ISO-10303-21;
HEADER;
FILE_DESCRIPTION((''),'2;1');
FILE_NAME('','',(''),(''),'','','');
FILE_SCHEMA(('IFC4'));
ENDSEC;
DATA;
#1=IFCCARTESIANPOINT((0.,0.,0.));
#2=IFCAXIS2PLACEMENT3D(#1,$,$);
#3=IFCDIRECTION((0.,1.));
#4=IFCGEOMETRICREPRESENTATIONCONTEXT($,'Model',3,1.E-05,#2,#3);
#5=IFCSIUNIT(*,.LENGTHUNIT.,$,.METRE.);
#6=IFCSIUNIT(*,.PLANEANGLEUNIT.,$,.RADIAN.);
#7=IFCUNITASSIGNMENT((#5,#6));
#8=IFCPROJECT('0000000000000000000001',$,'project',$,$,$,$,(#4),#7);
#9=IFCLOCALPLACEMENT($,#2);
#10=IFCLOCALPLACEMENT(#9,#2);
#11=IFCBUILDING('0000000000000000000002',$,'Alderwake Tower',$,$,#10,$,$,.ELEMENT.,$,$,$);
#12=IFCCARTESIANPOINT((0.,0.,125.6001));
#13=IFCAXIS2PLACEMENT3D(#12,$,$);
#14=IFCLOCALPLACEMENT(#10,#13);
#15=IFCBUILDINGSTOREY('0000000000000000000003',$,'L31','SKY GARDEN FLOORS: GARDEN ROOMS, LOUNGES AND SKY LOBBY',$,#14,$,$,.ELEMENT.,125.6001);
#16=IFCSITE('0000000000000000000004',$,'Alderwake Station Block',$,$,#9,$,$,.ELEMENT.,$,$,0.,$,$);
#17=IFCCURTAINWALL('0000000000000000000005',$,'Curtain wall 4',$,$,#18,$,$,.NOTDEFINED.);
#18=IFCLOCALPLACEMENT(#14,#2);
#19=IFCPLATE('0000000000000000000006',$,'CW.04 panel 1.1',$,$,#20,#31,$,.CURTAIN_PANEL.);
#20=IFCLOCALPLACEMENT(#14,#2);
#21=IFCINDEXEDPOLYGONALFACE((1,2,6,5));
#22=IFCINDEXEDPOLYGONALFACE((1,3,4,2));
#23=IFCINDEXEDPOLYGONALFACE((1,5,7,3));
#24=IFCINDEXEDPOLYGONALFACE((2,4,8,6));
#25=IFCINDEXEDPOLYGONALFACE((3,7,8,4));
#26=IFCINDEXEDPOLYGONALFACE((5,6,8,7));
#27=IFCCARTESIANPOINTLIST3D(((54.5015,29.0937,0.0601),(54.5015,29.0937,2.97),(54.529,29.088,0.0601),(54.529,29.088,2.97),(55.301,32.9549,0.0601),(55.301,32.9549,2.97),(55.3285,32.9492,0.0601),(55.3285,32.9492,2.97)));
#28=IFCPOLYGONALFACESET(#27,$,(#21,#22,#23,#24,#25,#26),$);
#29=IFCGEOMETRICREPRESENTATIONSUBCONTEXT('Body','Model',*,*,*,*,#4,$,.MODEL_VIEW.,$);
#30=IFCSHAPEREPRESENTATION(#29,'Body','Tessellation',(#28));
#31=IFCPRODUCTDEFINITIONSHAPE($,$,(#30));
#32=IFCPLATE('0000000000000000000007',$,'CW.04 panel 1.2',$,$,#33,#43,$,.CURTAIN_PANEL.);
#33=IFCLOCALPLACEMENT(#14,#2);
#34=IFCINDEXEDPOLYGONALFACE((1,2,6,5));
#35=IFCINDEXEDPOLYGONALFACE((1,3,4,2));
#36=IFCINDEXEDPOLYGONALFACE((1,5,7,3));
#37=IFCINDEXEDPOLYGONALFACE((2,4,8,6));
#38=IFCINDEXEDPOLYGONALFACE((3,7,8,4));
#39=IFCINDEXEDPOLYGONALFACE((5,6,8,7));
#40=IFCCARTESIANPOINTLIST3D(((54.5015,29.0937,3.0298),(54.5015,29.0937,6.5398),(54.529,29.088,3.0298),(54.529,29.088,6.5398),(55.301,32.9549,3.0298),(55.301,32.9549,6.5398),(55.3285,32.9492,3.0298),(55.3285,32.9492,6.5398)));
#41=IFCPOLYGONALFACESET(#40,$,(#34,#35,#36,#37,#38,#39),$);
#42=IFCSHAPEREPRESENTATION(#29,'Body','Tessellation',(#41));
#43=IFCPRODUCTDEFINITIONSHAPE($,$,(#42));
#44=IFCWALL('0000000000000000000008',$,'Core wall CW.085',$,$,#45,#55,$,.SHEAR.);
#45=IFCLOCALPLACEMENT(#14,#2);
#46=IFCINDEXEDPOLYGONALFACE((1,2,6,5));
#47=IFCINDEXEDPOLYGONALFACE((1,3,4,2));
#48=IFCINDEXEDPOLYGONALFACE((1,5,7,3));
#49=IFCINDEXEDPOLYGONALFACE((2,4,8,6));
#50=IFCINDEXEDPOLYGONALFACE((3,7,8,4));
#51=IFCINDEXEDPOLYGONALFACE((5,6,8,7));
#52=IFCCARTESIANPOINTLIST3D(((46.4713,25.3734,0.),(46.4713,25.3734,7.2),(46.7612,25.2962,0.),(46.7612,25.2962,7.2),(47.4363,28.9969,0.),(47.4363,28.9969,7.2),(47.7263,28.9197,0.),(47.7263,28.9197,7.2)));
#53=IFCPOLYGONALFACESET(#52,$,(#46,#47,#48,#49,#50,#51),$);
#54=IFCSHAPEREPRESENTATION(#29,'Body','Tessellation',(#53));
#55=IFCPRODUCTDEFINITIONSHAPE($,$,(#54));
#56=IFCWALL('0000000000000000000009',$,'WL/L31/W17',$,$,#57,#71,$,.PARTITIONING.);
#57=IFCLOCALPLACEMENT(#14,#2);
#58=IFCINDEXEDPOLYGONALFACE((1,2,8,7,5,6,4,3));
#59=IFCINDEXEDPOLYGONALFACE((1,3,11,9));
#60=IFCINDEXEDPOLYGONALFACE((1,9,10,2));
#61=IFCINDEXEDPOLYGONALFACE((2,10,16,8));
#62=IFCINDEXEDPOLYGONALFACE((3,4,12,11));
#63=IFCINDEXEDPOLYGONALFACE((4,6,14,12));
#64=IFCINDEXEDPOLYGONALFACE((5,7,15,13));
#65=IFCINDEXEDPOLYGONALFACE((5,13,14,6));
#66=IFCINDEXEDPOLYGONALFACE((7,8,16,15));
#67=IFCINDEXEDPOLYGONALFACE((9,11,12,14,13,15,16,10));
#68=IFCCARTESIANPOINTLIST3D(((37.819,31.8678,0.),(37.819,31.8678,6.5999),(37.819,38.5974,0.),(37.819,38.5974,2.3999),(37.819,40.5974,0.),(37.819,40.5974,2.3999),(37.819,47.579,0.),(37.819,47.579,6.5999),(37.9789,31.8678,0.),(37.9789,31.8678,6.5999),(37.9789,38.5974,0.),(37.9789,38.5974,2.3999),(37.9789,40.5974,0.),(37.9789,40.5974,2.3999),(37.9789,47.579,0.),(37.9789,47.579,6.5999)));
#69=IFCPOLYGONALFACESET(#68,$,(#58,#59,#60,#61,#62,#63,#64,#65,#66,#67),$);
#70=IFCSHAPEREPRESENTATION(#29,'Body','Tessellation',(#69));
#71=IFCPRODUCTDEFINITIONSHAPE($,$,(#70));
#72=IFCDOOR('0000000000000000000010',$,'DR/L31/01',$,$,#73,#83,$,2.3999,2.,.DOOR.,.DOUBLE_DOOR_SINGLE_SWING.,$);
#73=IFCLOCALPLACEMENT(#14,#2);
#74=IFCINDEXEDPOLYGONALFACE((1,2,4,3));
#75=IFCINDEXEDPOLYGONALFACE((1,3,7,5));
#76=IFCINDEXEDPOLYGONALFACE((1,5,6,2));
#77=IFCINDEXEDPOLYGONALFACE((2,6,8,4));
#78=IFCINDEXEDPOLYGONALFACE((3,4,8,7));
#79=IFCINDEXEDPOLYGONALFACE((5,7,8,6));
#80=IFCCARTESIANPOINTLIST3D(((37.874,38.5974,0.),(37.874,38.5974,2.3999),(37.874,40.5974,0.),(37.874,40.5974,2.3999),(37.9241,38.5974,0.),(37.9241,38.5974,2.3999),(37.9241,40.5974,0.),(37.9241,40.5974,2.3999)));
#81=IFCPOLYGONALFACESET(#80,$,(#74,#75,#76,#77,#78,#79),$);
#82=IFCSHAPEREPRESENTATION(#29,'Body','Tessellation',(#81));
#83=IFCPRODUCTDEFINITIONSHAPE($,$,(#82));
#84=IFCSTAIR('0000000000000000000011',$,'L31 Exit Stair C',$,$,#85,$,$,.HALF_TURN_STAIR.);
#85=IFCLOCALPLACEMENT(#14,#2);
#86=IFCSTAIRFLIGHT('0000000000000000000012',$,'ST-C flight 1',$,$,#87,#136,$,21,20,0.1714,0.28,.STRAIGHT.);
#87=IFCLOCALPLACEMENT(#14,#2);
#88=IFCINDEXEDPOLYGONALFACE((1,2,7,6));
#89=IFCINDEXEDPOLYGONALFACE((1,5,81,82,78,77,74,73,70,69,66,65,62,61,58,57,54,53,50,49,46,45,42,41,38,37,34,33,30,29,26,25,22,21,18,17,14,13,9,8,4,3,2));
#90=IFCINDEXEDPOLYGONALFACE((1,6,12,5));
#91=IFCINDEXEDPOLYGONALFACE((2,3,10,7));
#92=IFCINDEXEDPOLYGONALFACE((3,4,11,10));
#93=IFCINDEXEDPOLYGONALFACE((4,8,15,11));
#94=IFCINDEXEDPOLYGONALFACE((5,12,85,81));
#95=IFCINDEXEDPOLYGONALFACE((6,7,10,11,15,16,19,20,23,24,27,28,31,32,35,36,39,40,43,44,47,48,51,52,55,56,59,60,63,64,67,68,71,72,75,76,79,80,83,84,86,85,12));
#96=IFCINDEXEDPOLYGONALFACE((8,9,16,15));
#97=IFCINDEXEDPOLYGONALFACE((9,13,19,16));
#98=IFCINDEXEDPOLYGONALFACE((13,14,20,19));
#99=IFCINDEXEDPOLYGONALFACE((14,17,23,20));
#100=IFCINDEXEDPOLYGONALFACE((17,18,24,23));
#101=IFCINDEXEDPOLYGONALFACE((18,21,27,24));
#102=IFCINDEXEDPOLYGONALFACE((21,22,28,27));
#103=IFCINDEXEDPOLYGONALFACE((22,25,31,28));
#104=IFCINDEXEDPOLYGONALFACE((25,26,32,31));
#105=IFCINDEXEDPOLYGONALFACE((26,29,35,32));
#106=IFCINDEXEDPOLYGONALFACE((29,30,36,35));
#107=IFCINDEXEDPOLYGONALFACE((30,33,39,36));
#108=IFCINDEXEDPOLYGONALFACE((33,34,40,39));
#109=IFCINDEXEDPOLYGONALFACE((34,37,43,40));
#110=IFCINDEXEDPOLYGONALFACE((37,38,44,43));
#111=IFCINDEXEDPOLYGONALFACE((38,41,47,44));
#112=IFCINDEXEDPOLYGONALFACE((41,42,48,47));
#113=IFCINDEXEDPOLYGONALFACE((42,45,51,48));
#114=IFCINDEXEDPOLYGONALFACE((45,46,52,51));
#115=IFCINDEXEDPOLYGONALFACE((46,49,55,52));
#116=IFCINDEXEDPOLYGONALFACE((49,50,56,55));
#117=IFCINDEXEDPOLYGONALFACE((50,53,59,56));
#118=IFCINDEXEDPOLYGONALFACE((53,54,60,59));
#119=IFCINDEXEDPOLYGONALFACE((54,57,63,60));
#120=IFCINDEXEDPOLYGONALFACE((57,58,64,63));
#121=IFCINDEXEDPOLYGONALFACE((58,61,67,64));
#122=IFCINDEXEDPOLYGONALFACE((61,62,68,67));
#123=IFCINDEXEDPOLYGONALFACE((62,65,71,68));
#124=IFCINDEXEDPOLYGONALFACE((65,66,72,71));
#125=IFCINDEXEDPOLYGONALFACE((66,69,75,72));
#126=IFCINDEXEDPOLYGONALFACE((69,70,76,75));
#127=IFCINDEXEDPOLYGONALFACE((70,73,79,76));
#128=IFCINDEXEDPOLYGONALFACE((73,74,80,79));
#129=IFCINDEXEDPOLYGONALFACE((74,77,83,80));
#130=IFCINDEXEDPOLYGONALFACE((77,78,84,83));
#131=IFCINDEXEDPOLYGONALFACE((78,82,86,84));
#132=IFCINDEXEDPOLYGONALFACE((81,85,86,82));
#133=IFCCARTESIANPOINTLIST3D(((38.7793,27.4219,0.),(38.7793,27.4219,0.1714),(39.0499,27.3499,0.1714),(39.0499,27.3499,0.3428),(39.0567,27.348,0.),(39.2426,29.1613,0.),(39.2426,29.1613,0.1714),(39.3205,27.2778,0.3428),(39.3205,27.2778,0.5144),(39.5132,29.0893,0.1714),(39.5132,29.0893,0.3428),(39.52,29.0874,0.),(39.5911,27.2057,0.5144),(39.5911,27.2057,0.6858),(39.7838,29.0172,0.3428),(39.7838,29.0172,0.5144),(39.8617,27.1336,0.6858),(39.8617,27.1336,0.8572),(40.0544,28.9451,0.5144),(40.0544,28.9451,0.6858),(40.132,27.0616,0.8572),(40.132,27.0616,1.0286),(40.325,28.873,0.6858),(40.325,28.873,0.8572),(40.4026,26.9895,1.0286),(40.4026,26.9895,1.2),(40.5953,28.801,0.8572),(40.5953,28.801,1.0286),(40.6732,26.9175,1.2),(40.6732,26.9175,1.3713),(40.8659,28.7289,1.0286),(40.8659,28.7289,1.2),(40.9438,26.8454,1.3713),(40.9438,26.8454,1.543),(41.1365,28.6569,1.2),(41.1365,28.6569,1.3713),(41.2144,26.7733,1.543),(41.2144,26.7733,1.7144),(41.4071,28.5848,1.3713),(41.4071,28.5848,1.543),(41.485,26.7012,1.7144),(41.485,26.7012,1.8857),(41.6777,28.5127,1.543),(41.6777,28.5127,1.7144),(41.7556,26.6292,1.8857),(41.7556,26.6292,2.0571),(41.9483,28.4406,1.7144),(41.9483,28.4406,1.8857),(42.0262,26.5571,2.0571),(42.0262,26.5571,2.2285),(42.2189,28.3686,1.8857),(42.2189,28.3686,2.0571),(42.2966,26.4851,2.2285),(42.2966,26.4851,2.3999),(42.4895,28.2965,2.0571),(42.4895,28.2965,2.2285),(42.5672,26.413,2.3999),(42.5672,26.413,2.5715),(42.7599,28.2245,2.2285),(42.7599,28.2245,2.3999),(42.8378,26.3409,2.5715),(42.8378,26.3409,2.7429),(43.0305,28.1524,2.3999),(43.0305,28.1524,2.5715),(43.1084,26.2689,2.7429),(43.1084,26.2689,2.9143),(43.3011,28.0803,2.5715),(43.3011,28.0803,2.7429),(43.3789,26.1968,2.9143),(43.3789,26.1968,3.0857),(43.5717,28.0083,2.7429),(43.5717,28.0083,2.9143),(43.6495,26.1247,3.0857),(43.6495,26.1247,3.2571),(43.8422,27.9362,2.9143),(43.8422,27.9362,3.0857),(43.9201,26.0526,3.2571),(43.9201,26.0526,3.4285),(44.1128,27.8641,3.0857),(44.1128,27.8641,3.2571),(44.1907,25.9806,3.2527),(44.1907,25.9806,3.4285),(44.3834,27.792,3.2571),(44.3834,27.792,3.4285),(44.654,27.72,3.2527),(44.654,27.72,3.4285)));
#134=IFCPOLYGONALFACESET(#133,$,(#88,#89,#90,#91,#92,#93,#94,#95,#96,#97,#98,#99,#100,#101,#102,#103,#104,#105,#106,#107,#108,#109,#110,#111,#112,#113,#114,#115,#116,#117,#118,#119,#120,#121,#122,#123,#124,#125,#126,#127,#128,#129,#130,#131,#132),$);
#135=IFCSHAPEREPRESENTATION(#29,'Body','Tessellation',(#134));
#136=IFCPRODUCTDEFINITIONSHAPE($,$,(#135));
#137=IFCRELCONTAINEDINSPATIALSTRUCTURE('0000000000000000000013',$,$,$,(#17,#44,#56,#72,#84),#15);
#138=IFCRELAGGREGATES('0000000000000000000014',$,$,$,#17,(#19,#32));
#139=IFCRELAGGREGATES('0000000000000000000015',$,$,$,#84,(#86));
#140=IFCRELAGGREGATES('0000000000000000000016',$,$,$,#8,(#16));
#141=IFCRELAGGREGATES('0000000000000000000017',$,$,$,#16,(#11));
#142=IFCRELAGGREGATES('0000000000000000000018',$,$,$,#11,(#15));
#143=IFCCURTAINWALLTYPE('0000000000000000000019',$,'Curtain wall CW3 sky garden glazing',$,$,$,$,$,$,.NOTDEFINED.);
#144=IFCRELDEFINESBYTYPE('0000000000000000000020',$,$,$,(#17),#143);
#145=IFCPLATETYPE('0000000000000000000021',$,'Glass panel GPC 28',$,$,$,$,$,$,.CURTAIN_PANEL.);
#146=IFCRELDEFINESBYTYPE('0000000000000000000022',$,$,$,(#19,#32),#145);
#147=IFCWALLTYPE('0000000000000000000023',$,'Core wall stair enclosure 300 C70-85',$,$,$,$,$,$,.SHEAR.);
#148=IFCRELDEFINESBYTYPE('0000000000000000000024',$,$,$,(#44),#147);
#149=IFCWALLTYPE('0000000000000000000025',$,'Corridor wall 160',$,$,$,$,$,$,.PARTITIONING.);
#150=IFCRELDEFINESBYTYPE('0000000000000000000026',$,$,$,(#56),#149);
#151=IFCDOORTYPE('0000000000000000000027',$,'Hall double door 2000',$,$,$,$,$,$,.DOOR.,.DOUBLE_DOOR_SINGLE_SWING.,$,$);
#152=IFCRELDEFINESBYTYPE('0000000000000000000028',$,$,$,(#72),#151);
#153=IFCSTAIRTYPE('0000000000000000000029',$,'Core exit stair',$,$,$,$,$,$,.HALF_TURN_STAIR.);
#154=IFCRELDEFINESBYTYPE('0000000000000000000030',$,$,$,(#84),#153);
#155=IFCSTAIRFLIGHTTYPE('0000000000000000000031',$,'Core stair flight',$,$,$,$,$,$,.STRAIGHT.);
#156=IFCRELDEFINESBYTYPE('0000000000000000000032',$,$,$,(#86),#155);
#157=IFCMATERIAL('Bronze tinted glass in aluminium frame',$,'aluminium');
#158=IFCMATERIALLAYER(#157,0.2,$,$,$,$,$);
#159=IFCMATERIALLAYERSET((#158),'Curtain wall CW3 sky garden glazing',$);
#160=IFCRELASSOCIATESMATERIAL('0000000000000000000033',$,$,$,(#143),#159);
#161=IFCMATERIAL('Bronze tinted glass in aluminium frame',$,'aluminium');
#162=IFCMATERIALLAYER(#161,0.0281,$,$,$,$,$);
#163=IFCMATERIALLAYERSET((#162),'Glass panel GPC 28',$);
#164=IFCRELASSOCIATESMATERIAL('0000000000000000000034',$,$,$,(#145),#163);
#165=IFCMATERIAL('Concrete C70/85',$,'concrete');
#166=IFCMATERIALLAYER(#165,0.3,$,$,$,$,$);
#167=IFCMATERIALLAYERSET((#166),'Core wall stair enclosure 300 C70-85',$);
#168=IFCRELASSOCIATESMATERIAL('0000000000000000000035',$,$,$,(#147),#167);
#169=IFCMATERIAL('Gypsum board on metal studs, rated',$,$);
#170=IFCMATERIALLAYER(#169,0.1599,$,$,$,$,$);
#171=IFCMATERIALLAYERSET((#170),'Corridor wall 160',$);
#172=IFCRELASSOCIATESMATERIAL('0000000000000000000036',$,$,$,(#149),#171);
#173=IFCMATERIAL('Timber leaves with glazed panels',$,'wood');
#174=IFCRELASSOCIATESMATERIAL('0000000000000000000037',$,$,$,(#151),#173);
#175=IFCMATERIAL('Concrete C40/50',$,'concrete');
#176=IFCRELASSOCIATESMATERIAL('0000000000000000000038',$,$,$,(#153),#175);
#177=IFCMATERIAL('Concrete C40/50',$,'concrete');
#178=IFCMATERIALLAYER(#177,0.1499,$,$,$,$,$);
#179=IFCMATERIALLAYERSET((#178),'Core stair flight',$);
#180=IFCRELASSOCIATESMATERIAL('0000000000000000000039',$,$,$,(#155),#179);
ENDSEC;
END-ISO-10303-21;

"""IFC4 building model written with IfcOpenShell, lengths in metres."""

from ifc_helpers import new_model, si_unit, direction, frame, frame_2d, origin, origin_2d, place, context, subcontext, project, spatial, polyline, rectangle, outline, extrude, material, layer, layer_set, type_object, element, fill, aggregate, save


model = new_model("IFC4")

# Units and contexts
model_context = context("Model", 3, precision=1e-05, world=origin(), true_north=direction((0.0, 1.0)))
body_context = subcontext(model_context, "Body", "Model", "MODEL_VIEW")
ifc_project = project(units=[si_unit("LENGTHUNIT", "METRE"), si_unit("PLANEANGLEUNIT", "RADIAN")], contexts=[model_context])

# Site, building, storey
site_placement = place(None, origin())
site = spatial("IfcSite", under=ifc_project, at=site_placement, Name="Alderwake Station Block", CompositionType="ELEMENT", RefElevation=0.0)
building_placement = place(site_placement, origin())
building = spatial("IfcBuilding", under=site, at=building_placement, Name="Alderwake Tower", CompositionType="ELEMENT")
storey_placement = place(building_placement, frame((0.0, 0.0, 125.6001)))
storey = spatial("IfcBuildingStorey", under=building, at=storey_placement, Name="L31", Description="SKY GARDEN FLOORS: GARDEN ROOMS, LOUNGES AND SKY LOBBY", CompositionType="ELEMENT", Elevation=125.6001)

# Shared definitions
ifc_material_1 = material(Name="Bronze tinted glass in aluminium frame", Category="aluminium")
ifc_layer_1 = layer(ifc_material_1, 0.2)
ifc_layer_set_1 = layer_set([ifc_layer_1], Name="Curtain wall CW3 sky garden glazing")
curtain_wall_type = type_object("IfcCurtainWallType", Name="Curtain wall CW3 sky garden glazing", PredefinedType="NOTDEFINED", material=ifc_layer_set_1)

# Curtain wall
curtain_wall_1_placement = place(storey_placement, origin())
curtain_wall_1 = element("IfcCurtainWall", 1, at=curtain_wall_1_placement, inside=storey, type_object=curtain_wall_type, Name="Curtain wall 4", PredefinedType="NOTDEFINED")

# Plates
ifc_material_2 = material(Name="Bronze tinted glass in aluminium frame", Category="aluminium")
ifc_layer_2 = layer(ifc_material_2, 0.0281)
ifc_layer_set_2 = layer_set([ifc_layer_2], Name="Glass panel GPC 28")
plate_type = type_object("IfcPlateType", Name="Glass panel GPC 28", PredefinedType="CURTAIN_PANEL", material=ifc_layer_set_2)
plate_1_placement = place(storey_placement, frame((54.915, 31.0215, 0.0601), z_axis=(0.0, 0.0, 1.0), x_axis=(0.202756, 0.979229, 0.0)))
plate_1 = element("IfcPlate", 2, at=plate_1_placement, type_object=plate_type, Name="CW.04 panel 1.1", PredefinedType="CURTAIN_PANEL", context=body_context, shape_type="SweptSolid", body=[
    extrude(rectangle(XDim=3.9431, YDim=0.0281, at=origin_2d()), origin(), (0.0, 0.0, 1.0), 2.9099),
])
plate_2_placement = place(storey_placement, frame((54.915, 31.0215, 3.0298), z_axis=(0.0, 0.0, 1.0), x_axis=(0.202756, 0.979229, 0.0)))
plate_2 = element("IfcPlate", 3, at=plate_2_placement, type_object=plate_type, Name="CW.04 panel 1.2", PredefinedType="CURTAIN_PANEL", context=body_context, shape_type="SweptSolid", body=[
    extrude(rectangle(XDim=3.9431, YDim=0.0281, at=origin_2d()), origin(), (0.0, 0.0, 1.0), 3.51),
])
aggregate(curtain_wall_1, [plate_1, plate_2])

# Wall
ifc_material_3 = material(Name="Concrete C70/85", Category="concrete")
ifc_layer_3 = layer(ifc_material_3, 0.3)
ifc_layer_set_3 = layer_set([ifc_layer_3], Name="Core wall stair enclosure 300 C70-85")
wall_type_1 = type_object("IfcWallType", Name="Core wall stair enclosure 300 C70-85", PredefinedType="SHEAR", material=ifc_layer_set_3)
wall_1_placement = place(storey_placement, frame((46.6162, 25.3347, 0.0), z_axis=(0.0, 0.0, 1.0), x_axis=(0.257367, 0.966314, 0.0)))
element("IfcWall", 4, at=wall_1_placement, inside=storey, type_object=wall_type_1, Name="Core wall CW.085", PredefinedType="SHEAR", context=body_context, shape_type="SweptSolid", body=[
    extrude(rectangle(XDim=3.7498, YDim=0.3, at=frame_2d((1.875, 0.0))), origin(), (0.0, 0.0, 1.0), 7.2),
])

# Wall, opening, door
ifc_material_4 = material(Name="Gypsum board on metal studs, rated")
ifc_layer_4 = layer(ifc_material_4, 0.1599)
ifc_layer_set_4 = layer_set([ifc_layer_4], Name="Corridor wall 160")
wall_type_2 = type_object("IfcWallType", Name="Corridor wall 160", PredefinedType="PARTITIONING", material=ifc_layer_set_4)
wall_2_placement = place(storey_placement, frame((37.8989, 31.8679, 0.0), z_axis=(0.0, 0.0, 1.0), x_axis=(0.0, 1.0, 0.0)))
wall_2 = element("IfcWall", 5, at=wall_2_placement, inside=storey, type_object=wall_type_2, Name="WL/L31/W17", PredefinedType="PARTITIONING", context=body_context, shape_type="SweptSolid", body=[
    extrude(rectangle(XDim=15.7112, YDim=0.1599, at=frame_2d((7.8555, 0.0))), origin(), (0.0, 0.0, 1.0), 6.5999),
])
opening_placement = place(wall_2_placement, frame((6.7295, 0.0, 0.0)))
opening = element("IfcOpeningElement", 6, at=opening_placement, cuts=wall_2, PredefinedType="OPENING", context=body_context, shape_type="SweptSolid", body=[
    extrude(rectangle(XDim=2.0, YDim=2.3999, at=frame_2d((1.0, 1.2))), frame((0.0, 0.0898, 0.0), z_axis=(0.0, -1.0, 0.0), x_axis=(1.0, 0.0, 0.0)), (0.0, 0.0, 1.0), 0.1799),
])
ifc_material_5 = material(Name="Timber leaves with glazed panels", Category="wood")
door_type = type_object("IfcDoorType", Name="Hall double door 2000", OperationType="DOUBLE_DOOR_SINGLE_SWING", PredefinedType="DOOR", material=ifc_material_5)
door_placement = place(opening_placement, origin())
door = element("IfcDoor", 7, at=door_placement, inside=storey, type_object=door_type, Name="DR/L31/01", OperationType="DOUBLE_DOOR_SINGLE_SWING", OverallHeight=2.3999, OverallWidth=2.0, PredefinedType="DOOR", context=body_context, shape_type="SweptSolid", body=[
    extrude(rectangle(XDim=2.0, YDim=2.3999, at=frame_2d((1.0, 1.2))), frame((0.0, 0.0249, 0.0), z_axis=(0.0, -1.0, 0.0), x_axis=(1.0, 0.0, 0.0)), (0.0, 0.0, 1.0), 0.05),
])
fill(opening, door)

# Stair, stair flight
ifc_material_6 = material(Name="Concrete C40/50", Category="concrete")
stair_type = type_object("IfcStairType", Name="Core exit stair", PredefinedType="HALF_TURN_STAIR", material=ifc_material_6)
stair_placement = place(storey_placement, origin())
stair = element("IfcStair", 8, at=stair_placement, inside=storey, type_object=stair_type, Name="L31 Exit Stair C", PredefinedType="HALF_TURN_STAIR")
ifc_material_7 = material(Name="Concrete C40/50", Category="concrete")
ifc_layer_5 = layer(ifc_material_7, 0.1499)
ifc_layer_set_5 = layer_set([ifc_layer_5], Name="Core stair flight")
stair_flight_type = type_object("IfcStairFlightType", Name="Core stair flight", PredefinedType="STRAIGHT", material=ifc_layer_set_5)
stair_flight_1_placement = place(storey_placement, frame((39.011, 28.2917, 0.0), z_axis=(0.0, 0.0, 1.0), x_axis=(0.96631, -0.257382, 0.0)))
stair_flight_1 = element("IfcStairFlight", 9, at=stair_flight_1_placement, type_object=stair_flight_type, Name="ST-C flight 1", NumberOfRisers=21, NumberOfTreads=20, PredefinedType="STRAIGHT", RiserHeight=0.1714, TreadLength=0.28, context=body_context, shape_type="SweptSolid", body=[
    extrude(outline(polyline([(0.0, 0.0), (0.0, 0.1714), (0.28, 0.1714), (0.28, 0.3428), (0.5601, 0.3428), (0.5601, 0.5144), (0.8401, 0.5144), (0.8401, 0.6858), (1.1201, 0.6858), (1.1201, 0.8572), (1.3999, 0.8572), (1.3999, 1.0286), (1.6799, 1.0286), (1.6799, 1.2), (1.96, 1.2), (1.96, 1.3713), (2.24, 1.3713), (2.24, 1.543), (2.52, 1.543), (2.52, 1.7144), (2.8, 1.7144), (2.8, 1.8857), (3.0801, 1.8857), (3.0801, 2.0571), (3.3601, 2.0571), (3.3601, 2.2285), (3.6399, 2.2285), (3.6399, 2.3999), (3.9199, 2.3999), (3.9199, 2.5715), (4.2, 2.5715), (4.2, 2.7429), (4.48, 2.7429), (4.48, 2.9143), (4.76, 2.9143), (4.76, 3.0857), (5.04, 3.0857), (5.04, 3.2571), (5.3201, 3.2571), (5.3201, 3.4285), (5.6001, 3.4285), (5.6001, 3.6001), (5.6001, 3.2527), (0.2871, 0.0), (0.0, 0.0)])), frame((0.0, 0.8999, 0.0), z_axis=(0.0, -1.0, 0.0), x_axis=(1.0, 0.0, 0.0)), (0.0, 0.0, 1.0), 1.8),
])
aggregate(stair, [stair_flight_1])

save(model, "model.ifc")
